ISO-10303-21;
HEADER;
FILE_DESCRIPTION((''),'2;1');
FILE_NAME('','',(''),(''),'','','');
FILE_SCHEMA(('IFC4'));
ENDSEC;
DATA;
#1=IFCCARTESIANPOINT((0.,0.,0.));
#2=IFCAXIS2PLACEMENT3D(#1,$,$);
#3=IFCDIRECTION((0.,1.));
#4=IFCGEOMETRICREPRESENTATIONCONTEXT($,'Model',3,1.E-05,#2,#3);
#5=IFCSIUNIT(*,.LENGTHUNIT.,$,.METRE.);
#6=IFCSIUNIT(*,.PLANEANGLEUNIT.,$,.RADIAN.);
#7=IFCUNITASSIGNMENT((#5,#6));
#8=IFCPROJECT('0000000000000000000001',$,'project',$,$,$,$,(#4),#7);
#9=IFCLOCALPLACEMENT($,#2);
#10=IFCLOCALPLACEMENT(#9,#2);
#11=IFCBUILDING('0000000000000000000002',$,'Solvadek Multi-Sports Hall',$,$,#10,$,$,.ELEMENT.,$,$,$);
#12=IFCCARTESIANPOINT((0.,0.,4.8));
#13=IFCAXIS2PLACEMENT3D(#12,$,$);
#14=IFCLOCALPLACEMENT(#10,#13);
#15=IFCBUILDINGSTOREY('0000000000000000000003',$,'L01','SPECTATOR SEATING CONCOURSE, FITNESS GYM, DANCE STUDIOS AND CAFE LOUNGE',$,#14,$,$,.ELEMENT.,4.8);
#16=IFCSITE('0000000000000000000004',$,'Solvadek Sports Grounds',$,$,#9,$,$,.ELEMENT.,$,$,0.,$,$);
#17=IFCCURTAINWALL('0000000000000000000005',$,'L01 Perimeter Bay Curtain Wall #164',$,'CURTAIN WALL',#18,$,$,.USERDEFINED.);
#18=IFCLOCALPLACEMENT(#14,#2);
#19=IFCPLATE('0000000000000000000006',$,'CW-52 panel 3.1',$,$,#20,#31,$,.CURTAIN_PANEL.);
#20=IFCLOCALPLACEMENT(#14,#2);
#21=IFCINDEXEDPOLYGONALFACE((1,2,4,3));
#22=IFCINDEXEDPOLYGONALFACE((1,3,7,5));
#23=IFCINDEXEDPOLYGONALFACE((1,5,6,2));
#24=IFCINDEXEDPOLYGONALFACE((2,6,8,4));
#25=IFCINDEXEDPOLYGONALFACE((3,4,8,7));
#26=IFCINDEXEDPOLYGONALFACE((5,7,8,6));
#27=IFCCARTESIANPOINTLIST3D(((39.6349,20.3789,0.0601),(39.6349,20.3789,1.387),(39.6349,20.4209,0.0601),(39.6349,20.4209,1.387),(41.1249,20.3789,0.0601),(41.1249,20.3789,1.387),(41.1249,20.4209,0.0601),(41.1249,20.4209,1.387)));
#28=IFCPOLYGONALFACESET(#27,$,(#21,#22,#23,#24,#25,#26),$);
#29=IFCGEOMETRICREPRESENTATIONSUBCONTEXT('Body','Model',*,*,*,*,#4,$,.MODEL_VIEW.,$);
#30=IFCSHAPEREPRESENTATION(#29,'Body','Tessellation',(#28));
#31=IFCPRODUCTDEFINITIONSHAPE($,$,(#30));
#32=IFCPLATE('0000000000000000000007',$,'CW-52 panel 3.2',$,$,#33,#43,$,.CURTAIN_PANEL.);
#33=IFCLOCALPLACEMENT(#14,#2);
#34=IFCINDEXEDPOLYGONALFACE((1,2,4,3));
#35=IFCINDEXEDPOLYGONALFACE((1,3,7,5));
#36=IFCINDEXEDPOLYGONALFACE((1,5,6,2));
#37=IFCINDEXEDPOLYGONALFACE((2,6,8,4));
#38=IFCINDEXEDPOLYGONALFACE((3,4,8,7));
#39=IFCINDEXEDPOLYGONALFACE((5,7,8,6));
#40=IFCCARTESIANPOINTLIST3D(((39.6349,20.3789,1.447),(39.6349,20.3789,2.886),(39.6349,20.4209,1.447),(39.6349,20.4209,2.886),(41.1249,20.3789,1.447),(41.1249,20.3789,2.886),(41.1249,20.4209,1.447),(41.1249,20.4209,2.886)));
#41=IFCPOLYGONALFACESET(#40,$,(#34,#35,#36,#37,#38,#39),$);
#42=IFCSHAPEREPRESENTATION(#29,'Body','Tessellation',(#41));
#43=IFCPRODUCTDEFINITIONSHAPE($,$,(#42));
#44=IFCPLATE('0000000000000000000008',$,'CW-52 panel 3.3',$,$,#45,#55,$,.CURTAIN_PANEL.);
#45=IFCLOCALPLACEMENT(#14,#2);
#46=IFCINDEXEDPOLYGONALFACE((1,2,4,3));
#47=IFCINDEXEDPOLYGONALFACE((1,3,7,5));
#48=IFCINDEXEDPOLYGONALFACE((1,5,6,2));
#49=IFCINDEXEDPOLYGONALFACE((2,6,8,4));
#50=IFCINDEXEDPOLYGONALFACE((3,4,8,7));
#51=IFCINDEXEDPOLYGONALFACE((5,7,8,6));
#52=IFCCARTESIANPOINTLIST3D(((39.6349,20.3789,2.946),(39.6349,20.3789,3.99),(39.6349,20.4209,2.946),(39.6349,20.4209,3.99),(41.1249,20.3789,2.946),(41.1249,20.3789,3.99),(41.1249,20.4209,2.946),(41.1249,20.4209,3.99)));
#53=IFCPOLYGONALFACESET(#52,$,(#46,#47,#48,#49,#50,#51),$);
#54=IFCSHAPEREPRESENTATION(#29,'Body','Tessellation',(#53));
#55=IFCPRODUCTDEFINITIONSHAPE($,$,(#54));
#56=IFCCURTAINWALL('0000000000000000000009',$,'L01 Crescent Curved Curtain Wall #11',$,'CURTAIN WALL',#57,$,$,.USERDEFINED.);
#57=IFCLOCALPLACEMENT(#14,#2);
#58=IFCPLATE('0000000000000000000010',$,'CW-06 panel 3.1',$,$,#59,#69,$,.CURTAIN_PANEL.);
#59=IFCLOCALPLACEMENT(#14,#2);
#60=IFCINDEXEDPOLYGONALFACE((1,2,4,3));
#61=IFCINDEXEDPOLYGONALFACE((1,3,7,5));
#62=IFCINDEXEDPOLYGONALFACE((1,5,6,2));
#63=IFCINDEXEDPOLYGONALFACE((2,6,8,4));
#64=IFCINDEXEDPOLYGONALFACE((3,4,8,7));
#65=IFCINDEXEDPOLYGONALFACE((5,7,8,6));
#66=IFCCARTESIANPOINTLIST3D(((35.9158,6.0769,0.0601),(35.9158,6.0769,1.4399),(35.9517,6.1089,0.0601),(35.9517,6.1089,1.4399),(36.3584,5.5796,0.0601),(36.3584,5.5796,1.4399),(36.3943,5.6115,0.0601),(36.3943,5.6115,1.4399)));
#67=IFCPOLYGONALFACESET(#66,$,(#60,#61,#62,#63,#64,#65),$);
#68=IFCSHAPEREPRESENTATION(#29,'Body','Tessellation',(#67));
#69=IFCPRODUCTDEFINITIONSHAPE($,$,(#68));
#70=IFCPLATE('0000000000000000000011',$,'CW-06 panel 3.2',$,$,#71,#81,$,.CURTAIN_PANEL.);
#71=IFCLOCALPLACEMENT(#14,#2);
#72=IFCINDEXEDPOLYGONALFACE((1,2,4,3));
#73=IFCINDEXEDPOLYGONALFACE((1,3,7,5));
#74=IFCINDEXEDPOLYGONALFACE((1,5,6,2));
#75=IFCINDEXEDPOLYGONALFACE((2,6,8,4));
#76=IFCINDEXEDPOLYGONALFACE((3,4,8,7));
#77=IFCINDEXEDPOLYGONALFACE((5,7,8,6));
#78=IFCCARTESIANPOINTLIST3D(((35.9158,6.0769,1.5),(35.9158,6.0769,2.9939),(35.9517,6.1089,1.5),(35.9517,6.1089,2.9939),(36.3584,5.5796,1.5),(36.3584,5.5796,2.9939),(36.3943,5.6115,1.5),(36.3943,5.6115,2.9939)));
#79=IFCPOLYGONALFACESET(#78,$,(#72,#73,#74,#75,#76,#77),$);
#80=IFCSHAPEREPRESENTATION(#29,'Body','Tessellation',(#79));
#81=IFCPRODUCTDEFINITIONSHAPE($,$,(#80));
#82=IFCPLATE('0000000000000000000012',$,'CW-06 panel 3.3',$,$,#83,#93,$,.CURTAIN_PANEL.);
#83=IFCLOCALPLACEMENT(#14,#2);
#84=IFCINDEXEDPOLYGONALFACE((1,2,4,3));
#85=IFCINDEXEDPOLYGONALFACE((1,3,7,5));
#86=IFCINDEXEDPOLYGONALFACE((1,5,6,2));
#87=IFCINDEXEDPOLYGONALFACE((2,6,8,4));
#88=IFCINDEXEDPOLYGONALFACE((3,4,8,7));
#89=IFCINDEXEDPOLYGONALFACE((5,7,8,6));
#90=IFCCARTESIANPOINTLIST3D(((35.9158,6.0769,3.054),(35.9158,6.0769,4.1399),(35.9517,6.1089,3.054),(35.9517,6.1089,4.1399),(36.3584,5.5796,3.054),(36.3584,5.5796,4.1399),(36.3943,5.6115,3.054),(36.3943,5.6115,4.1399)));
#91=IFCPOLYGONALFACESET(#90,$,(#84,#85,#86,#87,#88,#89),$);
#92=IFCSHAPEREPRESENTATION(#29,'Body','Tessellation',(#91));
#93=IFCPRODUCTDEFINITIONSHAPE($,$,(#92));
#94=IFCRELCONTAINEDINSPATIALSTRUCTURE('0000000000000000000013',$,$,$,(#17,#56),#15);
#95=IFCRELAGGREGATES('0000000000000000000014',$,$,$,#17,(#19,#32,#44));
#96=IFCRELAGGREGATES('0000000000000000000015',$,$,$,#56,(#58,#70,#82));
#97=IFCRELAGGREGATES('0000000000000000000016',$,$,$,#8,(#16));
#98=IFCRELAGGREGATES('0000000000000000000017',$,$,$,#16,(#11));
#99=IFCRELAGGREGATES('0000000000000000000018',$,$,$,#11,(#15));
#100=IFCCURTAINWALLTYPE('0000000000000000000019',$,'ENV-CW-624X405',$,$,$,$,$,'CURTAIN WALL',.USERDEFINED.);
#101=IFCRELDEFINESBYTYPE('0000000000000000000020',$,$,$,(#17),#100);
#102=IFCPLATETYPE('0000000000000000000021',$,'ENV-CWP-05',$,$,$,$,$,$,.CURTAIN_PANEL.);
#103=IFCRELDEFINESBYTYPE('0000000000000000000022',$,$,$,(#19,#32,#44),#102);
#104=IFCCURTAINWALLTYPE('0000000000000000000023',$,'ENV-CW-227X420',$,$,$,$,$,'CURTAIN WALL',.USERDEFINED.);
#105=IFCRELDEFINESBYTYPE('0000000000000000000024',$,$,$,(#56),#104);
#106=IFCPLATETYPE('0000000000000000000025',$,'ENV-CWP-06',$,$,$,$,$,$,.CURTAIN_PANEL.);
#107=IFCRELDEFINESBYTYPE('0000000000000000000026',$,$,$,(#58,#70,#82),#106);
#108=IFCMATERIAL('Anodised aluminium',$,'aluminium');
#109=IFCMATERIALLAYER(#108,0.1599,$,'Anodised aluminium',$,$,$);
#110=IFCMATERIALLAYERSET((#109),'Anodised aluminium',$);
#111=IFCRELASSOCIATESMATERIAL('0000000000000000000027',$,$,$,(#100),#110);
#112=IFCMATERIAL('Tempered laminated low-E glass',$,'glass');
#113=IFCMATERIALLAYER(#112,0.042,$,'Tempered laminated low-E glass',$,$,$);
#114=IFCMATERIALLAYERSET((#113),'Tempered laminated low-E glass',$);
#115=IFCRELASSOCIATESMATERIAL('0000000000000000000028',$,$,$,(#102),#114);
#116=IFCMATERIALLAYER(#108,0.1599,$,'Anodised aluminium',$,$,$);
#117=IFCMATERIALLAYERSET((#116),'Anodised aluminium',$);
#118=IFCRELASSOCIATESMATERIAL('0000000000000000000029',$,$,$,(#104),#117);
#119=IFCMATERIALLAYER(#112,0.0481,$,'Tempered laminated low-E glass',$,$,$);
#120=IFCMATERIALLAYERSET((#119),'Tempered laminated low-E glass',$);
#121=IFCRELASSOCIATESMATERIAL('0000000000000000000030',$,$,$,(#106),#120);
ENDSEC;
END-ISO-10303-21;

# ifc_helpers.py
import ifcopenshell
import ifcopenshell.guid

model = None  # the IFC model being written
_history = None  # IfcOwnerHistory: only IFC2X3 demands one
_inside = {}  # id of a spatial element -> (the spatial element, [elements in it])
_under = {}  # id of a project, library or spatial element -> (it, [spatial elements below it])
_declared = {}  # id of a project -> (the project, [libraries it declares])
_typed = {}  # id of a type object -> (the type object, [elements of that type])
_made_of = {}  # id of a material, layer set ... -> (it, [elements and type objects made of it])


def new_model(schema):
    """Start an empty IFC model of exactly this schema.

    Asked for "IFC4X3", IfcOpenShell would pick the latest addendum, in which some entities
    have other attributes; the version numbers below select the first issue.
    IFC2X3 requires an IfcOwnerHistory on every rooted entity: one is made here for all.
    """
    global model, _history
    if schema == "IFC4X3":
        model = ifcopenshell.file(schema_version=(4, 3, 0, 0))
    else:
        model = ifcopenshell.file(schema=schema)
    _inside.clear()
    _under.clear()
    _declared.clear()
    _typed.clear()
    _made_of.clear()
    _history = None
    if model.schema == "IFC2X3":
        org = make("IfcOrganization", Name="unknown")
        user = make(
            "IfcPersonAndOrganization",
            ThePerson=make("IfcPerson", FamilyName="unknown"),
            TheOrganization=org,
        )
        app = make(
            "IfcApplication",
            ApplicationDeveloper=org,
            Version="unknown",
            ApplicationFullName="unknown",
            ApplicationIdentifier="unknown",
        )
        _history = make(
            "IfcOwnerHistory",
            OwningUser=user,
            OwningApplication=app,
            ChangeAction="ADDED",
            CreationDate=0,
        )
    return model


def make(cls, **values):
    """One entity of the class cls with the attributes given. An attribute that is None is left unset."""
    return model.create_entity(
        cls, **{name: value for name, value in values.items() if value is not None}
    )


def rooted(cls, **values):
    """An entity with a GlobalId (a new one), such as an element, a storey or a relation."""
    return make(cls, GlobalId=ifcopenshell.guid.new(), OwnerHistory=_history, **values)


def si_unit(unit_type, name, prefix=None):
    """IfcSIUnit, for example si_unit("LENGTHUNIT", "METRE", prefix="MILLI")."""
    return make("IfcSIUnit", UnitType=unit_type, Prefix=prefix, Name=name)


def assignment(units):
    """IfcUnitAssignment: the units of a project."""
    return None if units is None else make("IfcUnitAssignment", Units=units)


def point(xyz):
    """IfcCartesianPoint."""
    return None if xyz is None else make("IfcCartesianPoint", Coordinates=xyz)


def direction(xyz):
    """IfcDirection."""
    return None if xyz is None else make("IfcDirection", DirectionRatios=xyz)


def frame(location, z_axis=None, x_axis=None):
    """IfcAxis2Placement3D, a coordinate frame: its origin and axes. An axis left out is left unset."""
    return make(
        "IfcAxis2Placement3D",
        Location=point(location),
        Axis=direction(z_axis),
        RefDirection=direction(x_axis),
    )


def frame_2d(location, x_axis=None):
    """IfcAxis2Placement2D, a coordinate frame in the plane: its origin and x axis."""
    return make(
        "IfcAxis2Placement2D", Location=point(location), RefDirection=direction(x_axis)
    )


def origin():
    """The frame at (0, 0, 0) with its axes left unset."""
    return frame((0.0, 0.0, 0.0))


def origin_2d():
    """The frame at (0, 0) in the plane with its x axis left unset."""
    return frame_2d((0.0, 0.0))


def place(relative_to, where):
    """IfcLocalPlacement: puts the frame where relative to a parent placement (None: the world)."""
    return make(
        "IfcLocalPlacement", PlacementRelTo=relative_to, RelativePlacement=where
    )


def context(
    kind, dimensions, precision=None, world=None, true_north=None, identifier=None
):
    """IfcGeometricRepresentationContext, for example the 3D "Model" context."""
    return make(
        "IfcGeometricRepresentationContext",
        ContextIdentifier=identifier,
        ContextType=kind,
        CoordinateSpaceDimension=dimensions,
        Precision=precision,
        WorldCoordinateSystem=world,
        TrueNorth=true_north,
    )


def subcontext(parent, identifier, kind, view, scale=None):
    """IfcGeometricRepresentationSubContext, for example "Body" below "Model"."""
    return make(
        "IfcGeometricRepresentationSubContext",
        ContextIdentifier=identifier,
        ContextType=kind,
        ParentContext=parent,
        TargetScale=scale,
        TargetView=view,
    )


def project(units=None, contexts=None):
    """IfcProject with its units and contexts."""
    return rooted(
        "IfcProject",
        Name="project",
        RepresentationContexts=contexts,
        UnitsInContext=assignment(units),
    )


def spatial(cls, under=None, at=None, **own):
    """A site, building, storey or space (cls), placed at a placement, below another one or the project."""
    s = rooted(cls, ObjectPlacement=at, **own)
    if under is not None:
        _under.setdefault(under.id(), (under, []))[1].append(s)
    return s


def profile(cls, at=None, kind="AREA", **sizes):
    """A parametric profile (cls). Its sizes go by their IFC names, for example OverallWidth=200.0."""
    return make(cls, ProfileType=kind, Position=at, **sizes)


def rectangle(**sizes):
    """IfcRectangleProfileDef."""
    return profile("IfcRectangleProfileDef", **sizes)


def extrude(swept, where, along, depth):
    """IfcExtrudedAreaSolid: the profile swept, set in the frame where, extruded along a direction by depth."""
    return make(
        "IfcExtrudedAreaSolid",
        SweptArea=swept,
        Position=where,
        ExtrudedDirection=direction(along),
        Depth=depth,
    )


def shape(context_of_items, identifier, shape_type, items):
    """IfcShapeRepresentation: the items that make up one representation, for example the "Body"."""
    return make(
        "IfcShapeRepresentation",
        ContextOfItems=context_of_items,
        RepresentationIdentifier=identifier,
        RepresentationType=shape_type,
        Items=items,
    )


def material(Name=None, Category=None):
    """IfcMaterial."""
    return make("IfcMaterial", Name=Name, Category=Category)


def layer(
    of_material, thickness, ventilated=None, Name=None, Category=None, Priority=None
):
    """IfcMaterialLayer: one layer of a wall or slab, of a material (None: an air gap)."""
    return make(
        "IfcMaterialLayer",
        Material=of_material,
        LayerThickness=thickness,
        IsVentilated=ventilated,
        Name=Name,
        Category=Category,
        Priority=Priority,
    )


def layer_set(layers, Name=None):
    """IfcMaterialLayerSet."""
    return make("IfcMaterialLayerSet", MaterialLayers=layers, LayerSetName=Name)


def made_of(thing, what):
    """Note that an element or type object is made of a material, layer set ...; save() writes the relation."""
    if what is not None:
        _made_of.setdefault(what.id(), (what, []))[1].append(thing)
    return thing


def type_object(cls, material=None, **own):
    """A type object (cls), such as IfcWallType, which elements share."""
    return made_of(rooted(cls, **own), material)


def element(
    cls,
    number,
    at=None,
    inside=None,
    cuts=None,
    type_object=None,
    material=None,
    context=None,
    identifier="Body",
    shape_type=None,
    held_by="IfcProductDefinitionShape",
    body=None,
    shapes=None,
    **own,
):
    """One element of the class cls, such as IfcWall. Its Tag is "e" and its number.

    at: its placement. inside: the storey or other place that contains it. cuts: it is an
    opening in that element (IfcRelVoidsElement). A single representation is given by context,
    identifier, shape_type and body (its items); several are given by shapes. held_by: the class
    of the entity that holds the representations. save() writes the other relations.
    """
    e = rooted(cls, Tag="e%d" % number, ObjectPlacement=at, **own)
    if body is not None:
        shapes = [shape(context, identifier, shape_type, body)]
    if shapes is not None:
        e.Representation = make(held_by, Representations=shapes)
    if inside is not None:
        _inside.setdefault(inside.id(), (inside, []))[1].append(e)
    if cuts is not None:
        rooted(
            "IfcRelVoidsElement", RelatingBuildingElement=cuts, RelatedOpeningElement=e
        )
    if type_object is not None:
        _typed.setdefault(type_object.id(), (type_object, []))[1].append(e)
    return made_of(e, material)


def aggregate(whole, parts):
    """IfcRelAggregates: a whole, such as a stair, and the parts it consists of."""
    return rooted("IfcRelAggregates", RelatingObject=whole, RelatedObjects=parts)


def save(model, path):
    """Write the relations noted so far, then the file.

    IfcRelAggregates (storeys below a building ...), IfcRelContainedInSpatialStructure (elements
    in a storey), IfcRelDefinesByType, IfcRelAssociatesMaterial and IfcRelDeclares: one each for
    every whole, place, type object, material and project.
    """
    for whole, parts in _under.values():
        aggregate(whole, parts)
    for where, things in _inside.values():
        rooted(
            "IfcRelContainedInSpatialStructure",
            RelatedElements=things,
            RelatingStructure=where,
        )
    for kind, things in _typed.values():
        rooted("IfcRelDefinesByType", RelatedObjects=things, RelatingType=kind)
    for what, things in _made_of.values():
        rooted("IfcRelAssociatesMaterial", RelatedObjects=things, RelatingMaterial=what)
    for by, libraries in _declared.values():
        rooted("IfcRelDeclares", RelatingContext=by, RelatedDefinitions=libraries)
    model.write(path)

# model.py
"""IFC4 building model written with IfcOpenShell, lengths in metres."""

from ifc_helpers import new_model, si_unit, direction, frame, origin, origin_2d, place, context, subcontext, project, spatial, rectangle, extrude, material, layer, layer_set, type_object, element, aggregate, save


model = new_model("IFC4")

# Units and contexts
model_context = context("Model", 3, precision=1e-05, world=origin(), true_north=direction((0.0, 1.0)))
body_context = subcontext(model_context, "Body", "Model", "MODEL_VIEW")
ifc_project = project(units=[si_unit("LENGTHUNIT", "METRE"), si_unit("PLANEANGLEUNIT", "RADIAN")], contexts=[model_context])

# Site, building, storey
site_placement = place(None, origin())
site = spatial("IfcSite", under=ifc_project, at=site_placement, Name="Solvadek Sports Grounds", CompositionType="ELEMENT", RefElevation=0.0)
building_placement = place(site_placement, origin())
building = spatial("IfcBuilding", under=site, at=building_placement, Name="Solvadek Multi-Sports Hall", CompositionType="ELEMENT")
storey_placement = place(building_placement, frame((0.0, 0.0, 4.8)))
storey = spatial("IfcBuildingStorey", under=building, at=storey_placement, Name="L01", Description="SPECTATOR SEATING CONCOURSE, FITNESS GYM, DANCE STUDIOS AND CAFE LOUNGE", CompositionType="ELEMENT", Elevation=4.8)

# Curtain wall
ifc_material_1 = material(Name="Anodised aluminium", Category="aluminium")
ifc_layer_1 = layer(ifc_material_1, 0.1599, Name="Anodised aluminium")
ifc_layer_set_1 = layer_set([ifc_layer_1], Name="Anodised aluminium")
curtain_wall_type_1 = type_object("IfcCurtainWallType", Name="ENV-CW-624X405", ElementType="CURTAIN WALL", PredefinedType="USERDEFINED", material=ifc_layer_set_1)
curtain_wall_1_placement = place(storey_placement, origin())
curtain_wall_1 = element("IfcCurtainWall", 1, at=curtain_wall_1_placement, inside=storey, type_object=curtain_wall_type_1, Name="L01 Perimeter Bay Curtain Wall #164", ObjectType="CURTAIN WALL", PredefinedType="USERDEFINED")

# Plates
ifc_material_2 = material(Name="Tempered laminated low-E glass", Category="glass")
ifc_layer_2 = layer(ifc_material_2, 0.042, Name="Tempered laminated low-E glass")
ifc_layer_set_2 = layer_set([ifc_layer_2], Name="Tempered laminated low-E glass")
plate_type_1 = type_object("IfcPlateType", Name="ENV-CWP-05", PredefinedType="CURTAIN_PANEL", material=ifc_layer_set_2)
plate_1_placement = place(storey_placement, frame((40.3799, 20.3999, 0.0601), z_axis=(0.0, 0.0, 1.0), x_axis=(1.0, 0.0, 0.0)))
plate_1 = element("IfcPlate", 2, at=plate_1_placement, type_object=plate_type_1, Name="CW-52 panel 3.1", PredefinedType="CURTAIN_PANEL", context=body_context, shape_type="SweptSolid", body=[
    extrude(rectangle(XDim=1.49, YDim=0.042, at=origin_2d()), origin(), (0.0, 0.0, 1.0), 1.3269),
])
plate_2_placement = place(storey_placement, frame((40.3799, 20.3999, 1.447), z_axis=(0.0, 0.0, 1.0), x_axis=(1.0, 0.0, 0.0)))
plate_2 = element("IfcPlate", 3, at=plate_2_placement, type_object=plate_type_1, Name="CW-52 panel 3.2", PredefinedType="CURTAIN_PANEL", context=body_context, shape_type="SweptSolid", body=[
    extrude(rectangle(XDim=1.49, YDim=0.042, at=origin_2d()), origin(), (0.0, 0.0, 1.0), 1.439),
])
plate_3_placement = place(storey_placement, frame((40.3799, 20.3999, 2.946), z_axis=(0.0, 0.0, 1.0), x_axis=(1.0, 0.0, 0.0)))
plate_3 = element("IfcPlate", 4, at=plate_3_placement, type_object=plate_type_1, Name="CW-52 panel 3.3", PredefinedType="CURTAIN_PANEL", context=body_context, shape_type="SweptSolid", body=[
    extrude(rectangle(XDim=1.49, YDim=0.042, at=origin_2d()), origin(), (0.0, 0.0, 1.0), 1.0439),
])
aggregate(curtain_wall_1, [plate_1, plate_2, plate_3])

# Curtain wall, plates
ifc_layer_3 = layer(ifc_material_1, 0.1599, Name="Anodised aluminium")
ifc_layer_set_3 = layer_set([ifc_layer_3], Name="Anodised aluminium")
curtain_wall_type_2 = type_object("IfcCurtainWallType", Name="ENV-CW-227X420", ElementType="CURTAIN WALL", PredefinedType="USERDEFINED", material=ifc_layer_set_3)
curtain_wall_2_placement = place(storey_placement, origin())
curtain_wall_2 = element("IfcCurtainWall", 5, at=curtain_wall_2_placement, inside=storey, type_object=curtain_wall_type_2, Name="L01 Crescent Curved Curtain Wall #11", ObjectType="CURTAIN WALL", PredefinedType="USERDEFINED")
ifc_layer_4 = layer(ifc_material_2, 0.0481, Name="Tempered laminated low-E glass")
ifc_layer_set_4 = layer_set([ifc_layer_4], Name="Tempered laminated low-E glass")
plate_type_2 = type_object("IfcPlateType", Name="ENV-CWP-06", PredefinedType="CURTAIN_PANEL", material=ifc_layer_set_4)
plate_4_placement = place(storey_placement, frame((36.155, 5.8442, 0.0601), z_axis=(0.0, 0.0, 1.0), x_axis=(0.664788, -0.747032, 0.0)))
plate_4 = element("IfcPlate", 6, at=plate_4_placement, type_object=plate_type_2, Name="CW-06 panel 3.1", PredefinedType="CURTAIN_PANEL", context=body_context, shape_type="SweptSolid", body=[
    extrude(rectangle(XDim=0.6658, YDim=0.0481, at=origin_2d()), origin(), (0.0, 0.0, 1.0), 1.3799),
])
plate_5_placement = place(storey_placement, frame((36.155, 5.8442, 1.5), z_axis=(0.0, 0.0, 1.0), x_axis=(0.664788, -0.747032, 0.0)))
plate_5 = element("IfcPlate", 7, at=plate_5_placement, type_object=plate_type_2, Name="CW-06 panel 3.2", PredefinedType="CURTAIN_PANEL", context=body_context, shape_type="SweptSolid", body=[
    extrude(rectangle(XDim=0.6658, YDim=0.0481, at=origin_2d()), origin(), (0.0, 0.0, 1.0), 1.4939),
])
plate_6_placement = place(storey_placement, frame((36.155, 5.8442, 3.054), z_axis=(0.0, 0.0, 1.0), x_axis=(0.664788, -0.747032, 0.0)))
plate_6 = element("IfcPlate", 8, at=plate_6_placement, type_object=plate_type_2, Name="CW-06 panel 3.3", PredefinedType="CURTAIN_PANEL", context=body_context, shape_type="SweptSolid", body=[
    extrude(rectangle(XDim=0.6658, YDim=0.0481, at=origin_2d()), origin(), (0.0, 0.0, 1.0), 1.0859),
])
aggregate(curtain_wall_2, [plate_4, plate_5, plate_6])

save(model, "model.ifc")
